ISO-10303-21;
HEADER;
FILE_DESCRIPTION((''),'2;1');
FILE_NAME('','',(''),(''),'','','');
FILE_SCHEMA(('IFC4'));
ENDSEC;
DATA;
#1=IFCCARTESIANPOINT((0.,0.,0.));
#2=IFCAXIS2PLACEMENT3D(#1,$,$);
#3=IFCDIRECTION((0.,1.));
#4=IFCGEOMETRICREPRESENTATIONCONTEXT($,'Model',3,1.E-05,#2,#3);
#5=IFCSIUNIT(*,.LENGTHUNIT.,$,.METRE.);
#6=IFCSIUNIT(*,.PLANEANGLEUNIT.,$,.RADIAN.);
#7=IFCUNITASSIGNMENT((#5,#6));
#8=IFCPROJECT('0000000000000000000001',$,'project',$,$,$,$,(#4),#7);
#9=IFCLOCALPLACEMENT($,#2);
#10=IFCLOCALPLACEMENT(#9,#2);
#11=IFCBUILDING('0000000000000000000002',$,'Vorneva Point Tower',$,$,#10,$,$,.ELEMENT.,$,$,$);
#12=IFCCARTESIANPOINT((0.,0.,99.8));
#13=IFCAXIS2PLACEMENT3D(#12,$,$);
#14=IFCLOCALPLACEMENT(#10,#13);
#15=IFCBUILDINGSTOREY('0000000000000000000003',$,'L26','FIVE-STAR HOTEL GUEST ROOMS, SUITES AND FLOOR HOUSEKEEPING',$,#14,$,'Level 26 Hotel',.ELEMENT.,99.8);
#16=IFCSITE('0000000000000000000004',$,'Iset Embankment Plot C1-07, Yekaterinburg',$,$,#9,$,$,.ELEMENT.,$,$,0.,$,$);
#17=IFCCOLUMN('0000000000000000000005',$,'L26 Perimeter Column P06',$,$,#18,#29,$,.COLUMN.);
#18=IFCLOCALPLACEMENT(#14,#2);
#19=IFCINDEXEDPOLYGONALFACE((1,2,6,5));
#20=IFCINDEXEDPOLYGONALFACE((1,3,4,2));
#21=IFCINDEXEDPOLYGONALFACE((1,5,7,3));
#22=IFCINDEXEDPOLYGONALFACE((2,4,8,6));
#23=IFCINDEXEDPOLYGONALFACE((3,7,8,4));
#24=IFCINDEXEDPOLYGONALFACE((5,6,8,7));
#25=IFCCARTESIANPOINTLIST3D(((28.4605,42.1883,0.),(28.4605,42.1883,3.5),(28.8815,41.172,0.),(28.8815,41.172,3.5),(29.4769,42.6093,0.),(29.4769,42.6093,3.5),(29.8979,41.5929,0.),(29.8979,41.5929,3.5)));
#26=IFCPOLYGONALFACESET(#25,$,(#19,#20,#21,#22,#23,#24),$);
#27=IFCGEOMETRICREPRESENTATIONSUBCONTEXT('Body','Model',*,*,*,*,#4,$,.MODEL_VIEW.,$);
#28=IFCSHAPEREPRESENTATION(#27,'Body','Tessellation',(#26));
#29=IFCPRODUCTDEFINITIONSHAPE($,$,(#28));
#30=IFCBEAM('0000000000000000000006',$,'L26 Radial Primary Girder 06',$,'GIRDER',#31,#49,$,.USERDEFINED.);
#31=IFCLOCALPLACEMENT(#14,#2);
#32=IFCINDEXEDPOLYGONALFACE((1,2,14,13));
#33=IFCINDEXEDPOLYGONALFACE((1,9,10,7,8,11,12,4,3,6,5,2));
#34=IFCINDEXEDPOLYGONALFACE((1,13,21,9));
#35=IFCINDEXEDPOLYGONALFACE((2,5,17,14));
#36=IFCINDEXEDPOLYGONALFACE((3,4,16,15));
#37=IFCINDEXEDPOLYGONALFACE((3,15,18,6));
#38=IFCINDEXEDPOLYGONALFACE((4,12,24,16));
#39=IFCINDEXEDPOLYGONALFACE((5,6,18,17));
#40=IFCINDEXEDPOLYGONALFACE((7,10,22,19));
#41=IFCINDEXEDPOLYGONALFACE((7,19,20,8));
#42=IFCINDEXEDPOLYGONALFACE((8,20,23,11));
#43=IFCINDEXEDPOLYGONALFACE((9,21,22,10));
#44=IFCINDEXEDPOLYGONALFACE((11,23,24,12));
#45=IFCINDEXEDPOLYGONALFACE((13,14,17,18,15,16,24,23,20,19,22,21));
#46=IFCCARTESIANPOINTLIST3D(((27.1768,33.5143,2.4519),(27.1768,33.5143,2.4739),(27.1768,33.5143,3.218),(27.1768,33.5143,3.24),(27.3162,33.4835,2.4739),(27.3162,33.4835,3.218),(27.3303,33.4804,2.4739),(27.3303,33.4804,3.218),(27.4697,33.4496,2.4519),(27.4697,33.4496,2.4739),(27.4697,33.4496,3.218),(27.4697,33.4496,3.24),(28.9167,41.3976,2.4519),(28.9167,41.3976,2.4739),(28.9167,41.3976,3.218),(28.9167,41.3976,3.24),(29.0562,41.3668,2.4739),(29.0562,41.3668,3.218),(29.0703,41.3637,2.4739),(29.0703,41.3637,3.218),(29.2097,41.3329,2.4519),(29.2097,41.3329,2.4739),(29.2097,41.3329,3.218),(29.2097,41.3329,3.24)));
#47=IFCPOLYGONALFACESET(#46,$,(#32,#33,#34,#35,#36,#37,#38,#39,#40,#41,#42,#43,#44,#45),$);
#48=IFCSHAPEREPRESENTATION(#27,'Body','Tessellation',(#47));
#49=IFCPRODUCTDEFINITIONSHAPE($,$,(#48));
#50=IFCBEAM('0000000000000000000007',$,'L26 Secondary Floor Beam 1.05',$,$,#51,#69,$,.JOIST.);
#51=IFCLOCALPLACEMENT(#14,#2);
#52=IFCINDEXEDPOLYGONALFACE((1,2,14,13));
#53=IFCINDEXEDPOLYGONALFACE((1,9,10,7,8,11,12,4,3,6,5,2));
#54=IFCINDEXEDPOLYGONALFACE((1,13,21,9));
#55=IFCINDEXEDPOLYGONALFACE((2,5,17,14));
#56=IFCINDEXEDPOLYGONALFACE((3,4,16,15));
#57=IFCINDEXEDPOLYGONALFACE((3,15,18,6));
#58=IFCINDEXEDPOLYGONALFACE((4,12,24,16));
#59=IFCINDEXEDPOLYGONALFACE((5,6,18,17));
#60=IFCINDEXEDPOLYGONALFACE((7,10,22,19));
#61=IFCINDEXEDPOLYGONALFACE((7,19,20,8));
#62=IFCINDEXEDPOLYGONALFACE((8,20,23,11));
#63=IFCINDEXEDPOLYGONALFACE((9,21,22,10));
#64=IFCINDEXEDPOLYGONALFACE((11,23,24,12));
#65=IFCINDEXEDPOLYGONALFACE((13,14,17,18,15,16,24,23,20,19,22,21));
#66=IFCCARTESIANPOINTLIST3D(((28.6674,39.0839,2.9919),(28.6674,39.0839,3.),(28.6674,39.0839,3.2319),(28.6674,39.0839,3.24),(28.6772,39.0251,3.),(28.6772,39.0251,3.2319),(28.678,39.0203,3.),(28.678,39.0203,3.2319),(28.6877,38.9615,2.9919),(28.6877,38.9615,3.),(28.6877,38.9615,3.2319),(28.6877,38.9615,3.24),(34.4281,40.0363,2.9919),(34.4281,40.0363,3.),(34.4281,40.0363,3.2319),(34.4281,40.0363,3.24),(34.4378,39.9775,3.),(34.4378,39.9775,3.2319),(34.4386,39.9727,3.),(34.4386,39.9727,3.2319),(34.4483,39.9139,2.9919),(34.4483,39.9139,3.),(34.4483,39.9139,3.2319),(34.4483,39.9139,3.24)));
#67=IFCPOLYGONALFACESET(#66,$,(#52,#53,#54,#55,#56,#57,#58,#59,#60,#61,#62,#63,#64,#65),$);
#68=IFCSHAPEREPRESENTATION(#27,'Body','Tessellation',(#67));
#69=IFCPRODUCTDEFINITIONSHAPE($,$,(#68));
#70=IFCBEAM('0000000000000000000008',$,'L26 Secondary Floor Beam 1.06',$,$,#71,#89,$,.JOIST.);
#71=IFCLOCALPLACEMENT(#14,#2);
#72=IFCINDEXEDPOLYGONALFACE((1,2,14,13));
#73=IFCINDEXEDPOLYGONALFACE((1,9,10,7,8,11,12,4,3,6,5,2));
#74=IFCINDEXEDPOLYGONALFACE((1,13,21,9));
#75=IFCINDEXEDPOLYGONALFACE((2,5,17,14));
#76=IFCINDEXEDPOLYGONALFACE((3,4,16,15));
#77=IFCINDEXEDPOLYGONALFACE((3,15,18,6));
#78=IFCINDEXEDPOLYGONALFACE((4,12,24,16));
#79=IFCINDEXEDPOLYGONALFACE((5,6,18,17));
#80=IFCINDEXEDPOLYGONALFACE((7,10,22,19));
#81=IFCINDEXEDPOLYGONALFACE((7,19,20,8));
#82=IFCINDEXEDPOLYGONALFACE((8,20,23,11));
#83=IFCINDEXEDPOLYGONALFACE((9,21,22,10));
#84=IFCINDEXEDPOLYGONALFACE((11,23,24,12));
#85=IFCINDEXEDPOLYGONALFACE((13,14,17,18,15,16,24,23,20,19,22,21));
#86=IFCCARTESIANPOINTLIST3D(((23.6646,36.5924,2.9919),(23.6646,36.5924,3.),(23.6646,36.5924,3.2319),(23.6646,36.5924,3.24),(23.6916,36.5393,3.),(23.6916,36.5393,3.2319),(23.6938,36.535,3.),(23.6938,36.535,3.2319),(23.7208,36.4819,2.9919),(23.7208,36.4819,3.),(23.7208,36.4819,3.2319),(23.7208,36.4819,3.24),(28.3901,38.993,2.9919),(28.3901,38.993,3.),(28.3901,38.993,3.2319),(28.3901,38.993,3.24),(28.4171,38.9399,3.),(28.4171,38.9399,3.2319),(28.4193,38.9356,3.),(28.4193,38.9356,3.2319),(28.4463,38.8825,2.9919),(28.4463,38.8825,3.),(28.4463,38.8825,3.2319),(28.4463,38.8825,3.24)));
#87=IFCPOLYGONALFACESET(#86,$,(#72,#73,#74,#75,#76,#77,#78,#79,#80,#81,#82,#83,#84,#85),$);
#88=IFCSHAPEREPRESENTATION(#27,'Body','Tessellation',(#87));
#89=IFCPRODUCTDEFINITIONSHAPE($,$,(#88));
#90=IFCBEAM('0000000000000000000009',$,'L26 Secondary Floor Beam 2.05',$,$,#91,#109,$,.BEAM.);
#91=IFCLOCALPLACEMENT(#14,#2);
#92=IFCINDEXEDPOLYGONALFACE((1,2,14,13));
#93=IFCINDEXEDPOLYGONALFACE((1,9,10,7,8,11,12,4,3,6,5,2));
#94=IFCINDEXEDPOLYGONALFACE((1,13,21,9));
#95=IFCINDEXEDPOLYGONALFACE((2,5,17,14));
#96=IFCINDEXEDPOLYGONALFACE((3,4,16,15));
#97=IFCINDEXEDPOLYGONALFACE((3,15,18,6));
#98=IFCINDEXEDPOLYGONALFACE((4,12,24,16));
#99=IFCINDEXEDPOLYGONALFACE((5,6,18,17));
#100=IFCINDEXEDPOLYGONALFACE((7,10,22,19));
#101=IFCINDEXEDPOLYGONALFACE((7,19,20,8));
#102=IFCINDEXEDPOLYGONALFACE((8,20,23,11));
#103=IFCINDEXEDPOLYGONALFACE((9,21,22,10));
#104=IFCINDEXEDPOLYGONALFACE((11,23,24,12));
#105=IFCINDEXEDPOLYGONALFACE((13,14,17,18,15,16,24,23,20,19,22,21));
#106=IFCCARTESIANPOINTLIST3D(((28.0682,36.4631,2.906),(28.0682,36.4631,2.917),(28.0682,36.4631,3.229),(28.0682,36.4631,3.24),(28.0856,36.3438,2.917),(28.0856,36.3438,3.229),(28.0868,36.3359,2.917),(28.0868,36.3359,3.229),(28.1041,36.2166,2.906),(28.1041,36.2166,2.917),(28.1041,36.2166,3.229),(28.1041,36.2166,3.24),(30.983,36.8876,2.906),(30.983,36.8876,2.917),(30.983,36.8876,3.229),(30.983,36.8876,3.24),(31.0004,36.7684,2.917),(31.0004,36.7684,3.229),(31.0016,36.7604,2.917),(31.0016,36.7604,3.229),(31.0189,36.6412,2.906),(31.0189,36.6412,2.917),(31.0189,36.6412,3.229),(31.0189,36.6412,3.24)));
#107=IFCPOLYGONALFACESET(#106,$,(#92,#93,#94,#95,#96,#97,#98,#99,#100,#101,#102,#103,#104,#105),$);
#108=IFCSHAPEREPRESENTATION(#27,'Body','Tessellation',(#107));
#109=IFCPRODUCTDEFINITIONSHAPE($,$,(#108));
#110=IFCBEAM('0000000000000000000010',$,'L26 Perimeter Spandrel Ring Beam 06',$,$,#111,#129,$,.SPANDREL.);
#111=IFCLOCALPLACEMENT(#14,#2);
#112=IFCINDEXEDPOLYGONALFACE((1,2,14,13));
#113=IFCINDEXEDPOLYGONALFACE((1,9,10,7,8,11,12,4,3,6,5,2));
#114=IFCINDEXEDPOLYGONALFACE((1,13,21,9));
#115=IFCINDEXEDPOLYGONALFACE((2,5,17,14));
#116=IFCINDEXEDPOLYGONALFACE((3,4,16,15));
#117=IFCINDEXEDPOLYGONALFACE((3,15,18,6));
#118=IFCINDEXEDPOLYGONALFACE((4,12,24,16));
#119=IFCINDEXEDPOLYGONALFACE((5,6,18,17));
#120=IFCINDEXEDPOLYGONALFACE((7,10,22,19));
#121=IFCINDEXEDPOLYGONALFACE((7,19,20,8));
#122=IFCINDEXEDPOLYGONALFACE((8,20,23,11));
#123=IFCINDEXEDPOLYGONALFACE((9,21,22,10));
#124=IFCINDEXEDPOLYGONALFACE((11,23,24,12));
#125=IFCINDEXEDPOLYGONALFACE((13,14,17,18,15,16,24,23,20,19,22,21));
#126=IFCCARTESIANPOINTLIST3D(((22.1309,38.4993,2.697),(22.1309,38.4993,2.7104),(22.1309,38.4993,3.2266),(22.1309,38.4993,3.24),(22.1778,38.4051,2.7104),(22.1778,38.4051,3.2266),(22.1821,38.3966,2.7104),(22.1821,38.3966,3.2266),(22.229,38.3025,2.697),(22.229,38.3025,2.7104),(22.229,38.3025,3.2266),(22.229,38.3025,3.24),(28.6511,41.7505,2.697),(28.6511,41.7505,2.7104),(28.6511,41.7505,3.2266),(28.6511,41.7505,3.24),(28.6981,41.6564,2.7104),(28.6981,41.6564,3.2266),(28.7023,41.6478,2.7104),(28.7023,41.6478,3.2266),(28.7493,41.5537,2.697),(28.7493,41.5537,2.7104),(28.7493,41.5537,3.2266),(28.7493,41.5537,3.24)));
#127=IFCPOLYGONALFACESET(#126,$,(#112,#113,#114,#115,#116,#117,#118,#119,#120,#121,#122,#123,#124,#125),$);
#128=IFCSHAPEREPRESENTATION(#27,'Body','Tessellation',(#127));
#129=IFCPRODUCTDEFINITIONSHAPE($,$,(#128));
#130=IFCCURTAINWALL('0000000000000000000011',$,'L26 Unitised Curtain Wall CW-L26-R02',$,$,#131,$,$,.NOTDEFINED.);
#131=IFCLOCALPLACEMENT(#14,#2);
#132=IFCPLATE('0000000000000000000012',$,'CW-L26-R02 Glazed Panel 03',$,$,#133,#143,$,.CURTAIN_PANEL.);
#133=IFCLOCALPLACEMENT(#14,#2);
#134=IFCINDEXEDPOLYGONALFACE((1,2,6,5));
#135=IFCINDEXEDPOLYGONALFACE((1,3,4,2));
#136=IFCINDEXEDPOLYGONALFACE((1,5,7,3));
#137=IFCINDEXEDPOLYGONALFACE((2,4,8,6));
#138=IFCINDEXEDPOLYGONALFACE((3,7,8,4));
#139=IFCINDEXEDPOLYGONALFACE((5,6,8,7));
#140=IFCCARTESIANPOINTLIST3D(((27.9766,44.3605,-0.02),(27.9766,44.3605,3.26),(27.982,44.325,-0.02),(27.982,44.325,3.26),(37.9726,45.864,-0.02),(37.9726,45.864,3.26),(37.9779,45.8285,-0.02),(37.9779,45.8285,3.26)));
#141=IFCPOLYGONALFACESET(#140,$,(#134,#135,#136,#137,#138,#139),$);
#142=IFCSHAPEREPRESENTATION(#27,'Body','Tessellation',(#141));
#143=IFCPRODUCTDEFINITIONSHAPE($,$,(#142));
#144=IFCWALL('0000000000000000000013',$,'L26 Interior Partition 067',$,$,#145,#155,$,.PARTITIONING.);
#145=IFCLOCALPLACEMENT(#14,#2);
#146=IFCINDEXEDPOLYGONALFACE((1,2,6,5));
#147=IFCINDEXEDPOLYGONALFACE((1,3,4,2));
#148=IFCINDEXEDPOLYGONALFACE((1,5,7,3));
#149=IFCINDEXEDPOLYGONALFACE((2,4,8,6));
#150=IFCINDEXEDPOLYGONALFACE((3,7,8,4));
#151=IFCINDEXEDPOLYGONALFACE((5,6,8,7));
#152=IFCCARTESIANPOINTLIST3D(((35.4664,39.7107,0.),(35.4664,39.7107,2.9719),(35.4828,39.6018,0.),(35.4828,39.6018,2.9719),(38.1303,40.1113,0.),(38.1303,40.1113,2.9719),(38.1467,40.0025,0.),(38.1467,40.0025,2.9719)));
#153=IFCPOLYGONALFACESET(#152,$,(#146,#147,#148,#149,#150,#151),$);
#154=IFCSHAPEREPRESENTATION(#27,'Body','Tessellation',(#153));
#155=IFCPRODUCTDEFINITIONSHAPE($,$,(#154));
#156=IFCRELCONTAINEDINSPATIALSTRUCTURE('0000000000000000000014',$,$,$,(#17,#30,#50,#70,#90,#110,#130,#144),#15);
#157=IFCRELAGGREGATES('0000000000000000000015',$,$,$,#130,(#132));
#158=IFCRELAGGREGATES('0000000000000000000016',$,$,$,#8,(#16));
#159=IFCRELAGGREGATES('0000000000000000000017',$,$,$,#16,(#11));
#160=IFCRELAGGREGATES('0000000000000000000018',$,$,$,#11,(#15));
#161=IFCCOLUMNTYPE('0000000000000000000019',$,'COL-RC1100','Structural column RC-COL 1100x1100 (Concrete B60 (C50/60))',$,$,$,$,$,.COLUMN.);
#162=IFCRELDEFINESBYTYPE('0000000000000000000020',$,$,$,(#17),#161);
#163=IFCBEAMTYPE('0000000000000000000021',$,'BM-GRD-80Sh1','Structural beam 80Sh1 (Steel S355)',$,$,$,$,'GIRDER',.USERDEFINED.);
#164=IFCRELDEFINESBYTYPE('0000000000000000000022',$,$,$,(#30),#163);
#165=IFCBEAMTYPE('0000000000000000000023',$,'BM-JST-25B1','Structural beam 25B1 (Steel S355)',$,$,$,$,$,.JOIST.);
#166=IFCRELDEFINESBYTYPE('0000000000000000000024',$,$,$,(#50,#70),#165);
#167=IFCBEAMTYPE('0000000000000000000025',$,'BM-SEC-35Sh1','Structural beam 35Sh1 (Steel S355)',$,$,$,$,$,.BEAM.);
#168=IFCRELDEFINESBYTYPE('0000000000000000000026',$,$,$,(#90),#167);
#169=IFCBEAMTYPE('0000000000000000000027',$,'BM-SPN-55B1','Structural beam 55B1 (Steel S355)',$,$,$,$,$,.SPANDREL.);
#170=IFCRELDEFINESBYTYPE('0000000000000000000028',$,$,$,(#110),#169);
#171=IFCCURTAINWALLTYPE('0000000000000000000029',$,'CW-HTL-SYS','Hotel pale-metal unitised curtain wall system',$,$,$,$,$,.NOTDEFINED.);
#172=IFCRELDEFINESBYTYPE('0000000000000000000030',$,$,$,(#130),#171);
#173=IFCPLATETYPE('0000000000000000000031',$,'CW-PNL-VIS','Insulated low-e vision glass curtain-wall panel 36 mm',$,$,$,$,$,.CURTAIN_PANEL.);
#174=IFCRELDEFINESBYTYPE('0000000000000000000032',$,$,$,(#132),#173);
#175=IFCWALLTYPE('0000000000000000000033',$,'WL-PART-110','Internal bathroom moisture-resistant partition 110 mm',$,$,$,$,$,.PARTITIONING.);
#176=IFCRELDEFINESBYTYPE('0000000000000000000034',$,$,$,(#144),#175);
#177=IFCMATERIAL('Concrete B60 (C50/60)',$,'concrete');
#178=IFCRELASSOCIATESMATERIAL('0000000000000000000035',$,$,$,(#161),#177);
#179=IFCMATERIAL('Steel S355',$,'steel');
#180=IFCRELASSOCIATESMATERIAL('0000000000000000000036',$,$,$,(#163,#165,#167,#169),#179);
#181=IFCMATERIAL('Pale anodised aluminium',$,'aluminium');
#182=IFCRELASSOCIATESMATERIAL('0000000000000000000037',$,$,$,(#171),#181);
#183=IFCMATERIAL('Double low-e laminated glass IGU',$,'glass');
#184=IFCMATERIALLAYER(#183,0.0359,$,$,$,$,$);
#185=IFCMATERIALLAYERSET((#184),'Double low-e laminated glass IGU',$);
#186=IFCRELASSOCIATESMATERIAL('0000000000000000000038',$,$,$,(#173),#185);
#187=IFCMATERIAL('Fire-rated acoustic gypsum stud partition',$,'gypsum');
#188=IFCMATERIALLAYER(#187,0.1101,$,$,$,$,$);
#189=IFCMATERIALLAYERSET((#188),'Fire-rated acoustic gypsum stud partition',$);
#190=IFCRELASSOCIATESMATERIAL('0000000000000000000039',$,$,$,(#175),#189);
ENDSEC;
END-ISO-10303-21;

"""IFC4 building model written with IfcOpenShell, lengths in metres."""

from ifc_helpers import new_model, si_unit, direction, frame, frame_2d, origin, origin_2d, place, context, subcontext, project, spatial, rectangle, i_section, extrude, material, layer, layer_set, material_profile, profile_set, type_object, element, aggregate, save


model = new_model("IFC4")

# Units and contexts
model_context = context("Model", 3, precision=1e-05, world=origin(), true_north=direction((0.0, 1.0)))
body_context = subcontext(model_context, "Body", "Model", "MODEL_VIEW")
ifc_project = project(units=[si_unit("LENGTHUNIT", "METRE"), si_unit("PLANEANGLEUNIT", "RADIAN")], contexts=[model_context])

# Site, building, storey
site_placement = place(None, origin())
site = spatial("IfcSite", under=ifc_project, at=site_placement, Name="Iset Embankment Plot C1-07, Yekaterinburg", CompositionType="ELEMENT", RefElevation=0.0)
building_placement = place(site_placement, origin())
building = spatial("IfcBuilding", under=site, at=building_placement, Name="Vorneva Point Tower", CompositionType="ELEMENT")
storey_placement = place(building_placement, frame((0.0, 0.0, 99.8)))
storey = spatial("IfcBuildingStorey", under=building, at=storey_placement, Name="L26", Description="FIVE-STAR HOTEL GUEST ROOMS, SUITES AND FLOOR HOUSEKEEPING", LongName="Level 26 Hotel", CompositionType="ELEMENT", Elevation=99.8)

# Column
ifc_material_1 = material(Name="Concrete B60 (C50/60)", Category="concrete")
ifc_material_profile_1 = material_profile(ifc_material_1, rectangle(XDim=1.1001, YDim=1.1001, at=origin_2d()), Name="RC-COL 1100x1100")
ifc_profile_set_1 = profile_set([ifc_material_profile_1], Name="Concrete B60 (C50/60)")
column_type = type_object("IfcColumnType", Name="COL-RC1100", Description="Structural column RC-COL 1100x1100 (Concrete B60 (C50/60))", PredefinedType="COLUMN", material=ifc_profile_set_1)
column_placement = place(storey_placement, frame((29.1792, 41.8906, 0.0), z_axis=(0.0, 0.0, 1.0), x_axis=(-0.382683, 0.92388, 0.0)))
element("IfcColumn", 1, at=column_placement, inside=storey, type_object=column_type, Name="L26 Perimeter Column P06", PredefinedType="COLUMN", context=body_context, shape_type="SweptSolid", body=[
    extrude(rectangle(XDim=1.1001, YDim=1.1001, at=origin_2d()), origin(), (0.0, 0.0, 1.0), 3.5),
])

# Beams
ifc_material_2 = material(Name="Steel S355", Category="steel")
ifc_material_profile_2 = material_profile(ifc_material_2, i_section(OverallWidth=0.3, OverallDepth=0.7881, WebThickness=0.0144, FlangeThickness=0.022, at=origin_2d()), Name="80Sh1")
ifc_profile_set_2 = profile_set([ifc_material_profile_2], Name="Steel S355")
beam_type_1 = type_object("IfcBeamType", Name="BM-GRD-80Sh1", Description="Structural beam 80Sh1 (Steel S355)", ElementType="GIRDER", PredefinedType="USERDEFINED", material=ifc_profile_set_2)
beam_1_placement = place(storey_placement, frame((29.0632, 41.3652, 2.8459), z_axis=(-0.215531, -0.976497, 0.0), x_axis=(0.976497, -0.215531, 0.0)))
element("IfcBeam", 2, at=beam_1_placement, inside=storey, type_object=beam_type_1, Name="L26 Radial Primary Girder 06", ObjectType="GIRDER", PredefinedType="USERDEFINED", context=body_context, shape_type="SweptSolid", body=[
    extrude(i_section(OverallWidth=0.3, OverallDepth=0.7881, WebThickness=0.0144, FlangeThickness=0.022, at=origin_2d()), origin(), (0.0, 0.0, 1.0), 8.073),
])
ifc_material_profile_3 = material_profile(ifc_material_2, i_section(OverallWidth=0.124, OverallDepth=0.248, WebThickness=0.0049, FlangeThickness=0.0081, at=origin_2d()), Name="25B1")
ifc_profile_set_3 = profile_set([ifc_material_profile_3], Name="Steel S355")
beam_type_2 = type_object("IfcBeamType", Name="BM-JST-25B1", Description="Structural beam 25B1 (Steel S355)", PredefinedType="JOIST", material=ifc_profile_set_3)
beam_2_placement = place(storey_placement, frame((34.4382, 39.9751, 3.116), z_axis=(-0.986608, -0.163111, 0.0), x_axis=(0.163111, -0.986608, 0.0)))
element("IfcBeam", 3, at=beam_2_placement, inside=storey, type_object=beam_type_2, Name="L26 Secondary Floor Beam 1.05", PredefinedType="JOIST", context=body_context, shape_type="SweptSolid", body=[
    extrude(i_section(OverallWidth=0.124, OverallDepth=0.248, WebThickness=0.0049, FlangeThickness=0.0081, at=origin_2d()), origin(), (0.0, 0.0, 1.0), 5.8389),
])
beam_3_placement = place(storey_placement, frame((28.4182, 38.9377, 3.116), z_axis=(-0.891553, -0.452916, 0.0), x_axis=(0.452916, -0.891553, 0.0)))
element("IfcBeam", 4, at=beam_3_placement, inside=storey, type_object=beam_type_2, Name="L26 Secondary Floor Beam 1.06", PredefinedType="JOIST", context=body_context, shape_type="SweptSolid", body=[
    extrude(i_section(OverallWidth=0.124, OverallDepth=0.248, WebThickness=0.0049, FlangeThickness=0.0081, at=origin_2d()), origin(), (0.0, 0.0, 1.0), 5.3003),
])
ifc_material_profile_4 = material_profile(ifc_material_2, i_section(OverallWidth=0.249, OverallDepth=0.334, WebThickness=0.0081, FlangeThickness=0.011, at=origin_2d()), Name="35Sh1")
ifc_profile_set_4 = profile_set([ifc_material_profile_4], Name="Steel S355")
beam_type_3 = type_object("IfcBeamType", Name="BM-SEC-35Sh1", Description="Structural beam 35Sh1 (Steel S355)", PredefinedType="BEAM", material=ifc_profile_set_4)
beam_4_placement = place(storey_placement, frame((31.001, 36.7644, 3.073), z_axis=(-0.989558, -0.144136, 0.0), x_axis=(0.144136, -0.989558, 0.0)))
element("IfcBeam", 5, at=beam_4_placement, inside=storey, type_object=beam_type_3, Name="L26 Secondary Floor Beam 2.05", PredefinedType="BEAM", context=body_context, shape_type="SweptSolid", body=[
    extrude(i_section(OverallWidth=0.249, OverallDepth=0.334, WebThickness=0.0081, FlangeThickness=0.011, at=origin_2d()), origin(), (0.0, 0.0, 1.0), 2.9456),
])
ifc_material_profile_5 = material_profile(ifc_material_2, i_section(OverallWidth=0.22, OverallDepth=0.543, WebThickness=0.0095, FlangeThickness=0.0134, at=origin_2d()), Name="55B1")
ifc_profile_set_5 = profile_set([ifc_material_profile_5], Name="Steel S355")
beam_type_4 = type_object("IfcBeamType", Name="BM-SPN-55B1", Description="Structural beam 55B1 (Steel S355)", PredefinedType="SPANDREL", material=ifc_profile_set_5)
beam_5_placement = place(storey_placement, frame((28.7002, 41.6521, 2.9685), z_axis=(-0.894916, -0.446235, 0.0), x_axis=(0.446235, -0.894916, 0.0)))
element("IfcBeam", 6, at=beam_5_placement, inside=storey, type_object=beam_type_4, Name="L26 Perimeter Spandrel Ring Beam 06", PredefinedType="SPANDREL", context=body_context, shape_type="SweptSolid", body=[
    extrude(i_section(OverallWidth=0.22, OverallDepth=0.543, WebThickness=0.0095, FlangeThickness=0.0134, at=origin_2d()), origin(), (0.0, 0.0, 1.0), 7.2859),
])

# Curtain wall, plate
ifc_material_3 = material(Name="Pale anodised aluminium", Category="aluminium")
curtain_wall_type = type_object("IfcCurtainWallType", Name="CW-HTL-SYS", Description="Hotel pale-metal unitised curtain wall system", PredefinedType="NOTDEFINED", material=ifc_material_3)
curtain_wall_placement = place(storey_placement, origin())
curtain_wall = element("IfcCurtainWall", 7, at=curtain_wall_placement, inside=storey, type_object=curtain_wall_type, Name="L26 Unitised Curtain Wall CW-L26-R02", PredefinedType="NOTDEFINED")
ifc_material_4 = material(Name="Double low-e laminated glass IGU", Category="glass")
ifc_layer_1 = layer(ifc_material_4, 0.0359)
ifc_layer_set_1 = layer_set([ifc_layer_1], Name="Double low-e laminated glass IGU")
plate_type = type_object("IfcPlateType", Name="CW-PNL-VIS", Description="Insulated low-e vision glass curtain-wall panel 36 mm", PredefinedType="CURTAIN_PANEL", material=ifc_layer_set_1)
plate_placement = place(storey_placement, frame((32.9773, 45.0945, -0.02), z_axis=(0.0, 0.0, 1.0), x_axis=(-0.988876, -0.148741, 0.0)))
plate = element("IfcPlate", 8, at=plate_placement, type_object=plate_type, Name="CW-L26-R02 Glazed Panel 03", PredefinedType="CURTAIN_PANEL", context=body_context, shape_type="SweptSolid", body=[
    extrude(rectangle(XDim=10.1084, YDim=0.0359, at=origin_2d()), origin(), (0.0, 0.0, 1.0), 3.28),
])
aggregate(curtain_wall, [plate])

# Wall
ifc_material_5 = material(Name="Fire-rated acoustic gypsum stud partition", Category="gypsum")
ifc_layer_2 = layer(ifc_material_5, 0.1101)
ifc_layer_set_2 = layer_set([ifc_layer_2], Name="Fire-rated acoustic gypsum stud partition")
wall_type_1 = type_object("IfcWallType", Name="WL-PART-110", Description="Internal bathroom moisture-resistant partition 110 mm", PredefinedType="PARTITIONING", material=ifc_layer_set_2)
wall_1_placement = place(storey_placement, frame((35.4746, 39.6562, 0.0), z_axis=(0.0, 0.0, 1.0), x_axis=(0.988878, 0.148726, 0.0)))
element("IfcWall", 9, at=wall_1_placement, inside=storey, type_object=wall_type_1, Name="L26 Interior Partition 067", PredefinedType="PARTITIONING", context=body_context, shape_type="SweptSolid", body=[
    extrude(rectangle(XDim=2.6938, YDim=0.1101, at=frame_2d((1.3469, 0.0))), origin(), (0.0, 0.0, 1.0), 2.9719),
])

save(model, "model.ifc")
